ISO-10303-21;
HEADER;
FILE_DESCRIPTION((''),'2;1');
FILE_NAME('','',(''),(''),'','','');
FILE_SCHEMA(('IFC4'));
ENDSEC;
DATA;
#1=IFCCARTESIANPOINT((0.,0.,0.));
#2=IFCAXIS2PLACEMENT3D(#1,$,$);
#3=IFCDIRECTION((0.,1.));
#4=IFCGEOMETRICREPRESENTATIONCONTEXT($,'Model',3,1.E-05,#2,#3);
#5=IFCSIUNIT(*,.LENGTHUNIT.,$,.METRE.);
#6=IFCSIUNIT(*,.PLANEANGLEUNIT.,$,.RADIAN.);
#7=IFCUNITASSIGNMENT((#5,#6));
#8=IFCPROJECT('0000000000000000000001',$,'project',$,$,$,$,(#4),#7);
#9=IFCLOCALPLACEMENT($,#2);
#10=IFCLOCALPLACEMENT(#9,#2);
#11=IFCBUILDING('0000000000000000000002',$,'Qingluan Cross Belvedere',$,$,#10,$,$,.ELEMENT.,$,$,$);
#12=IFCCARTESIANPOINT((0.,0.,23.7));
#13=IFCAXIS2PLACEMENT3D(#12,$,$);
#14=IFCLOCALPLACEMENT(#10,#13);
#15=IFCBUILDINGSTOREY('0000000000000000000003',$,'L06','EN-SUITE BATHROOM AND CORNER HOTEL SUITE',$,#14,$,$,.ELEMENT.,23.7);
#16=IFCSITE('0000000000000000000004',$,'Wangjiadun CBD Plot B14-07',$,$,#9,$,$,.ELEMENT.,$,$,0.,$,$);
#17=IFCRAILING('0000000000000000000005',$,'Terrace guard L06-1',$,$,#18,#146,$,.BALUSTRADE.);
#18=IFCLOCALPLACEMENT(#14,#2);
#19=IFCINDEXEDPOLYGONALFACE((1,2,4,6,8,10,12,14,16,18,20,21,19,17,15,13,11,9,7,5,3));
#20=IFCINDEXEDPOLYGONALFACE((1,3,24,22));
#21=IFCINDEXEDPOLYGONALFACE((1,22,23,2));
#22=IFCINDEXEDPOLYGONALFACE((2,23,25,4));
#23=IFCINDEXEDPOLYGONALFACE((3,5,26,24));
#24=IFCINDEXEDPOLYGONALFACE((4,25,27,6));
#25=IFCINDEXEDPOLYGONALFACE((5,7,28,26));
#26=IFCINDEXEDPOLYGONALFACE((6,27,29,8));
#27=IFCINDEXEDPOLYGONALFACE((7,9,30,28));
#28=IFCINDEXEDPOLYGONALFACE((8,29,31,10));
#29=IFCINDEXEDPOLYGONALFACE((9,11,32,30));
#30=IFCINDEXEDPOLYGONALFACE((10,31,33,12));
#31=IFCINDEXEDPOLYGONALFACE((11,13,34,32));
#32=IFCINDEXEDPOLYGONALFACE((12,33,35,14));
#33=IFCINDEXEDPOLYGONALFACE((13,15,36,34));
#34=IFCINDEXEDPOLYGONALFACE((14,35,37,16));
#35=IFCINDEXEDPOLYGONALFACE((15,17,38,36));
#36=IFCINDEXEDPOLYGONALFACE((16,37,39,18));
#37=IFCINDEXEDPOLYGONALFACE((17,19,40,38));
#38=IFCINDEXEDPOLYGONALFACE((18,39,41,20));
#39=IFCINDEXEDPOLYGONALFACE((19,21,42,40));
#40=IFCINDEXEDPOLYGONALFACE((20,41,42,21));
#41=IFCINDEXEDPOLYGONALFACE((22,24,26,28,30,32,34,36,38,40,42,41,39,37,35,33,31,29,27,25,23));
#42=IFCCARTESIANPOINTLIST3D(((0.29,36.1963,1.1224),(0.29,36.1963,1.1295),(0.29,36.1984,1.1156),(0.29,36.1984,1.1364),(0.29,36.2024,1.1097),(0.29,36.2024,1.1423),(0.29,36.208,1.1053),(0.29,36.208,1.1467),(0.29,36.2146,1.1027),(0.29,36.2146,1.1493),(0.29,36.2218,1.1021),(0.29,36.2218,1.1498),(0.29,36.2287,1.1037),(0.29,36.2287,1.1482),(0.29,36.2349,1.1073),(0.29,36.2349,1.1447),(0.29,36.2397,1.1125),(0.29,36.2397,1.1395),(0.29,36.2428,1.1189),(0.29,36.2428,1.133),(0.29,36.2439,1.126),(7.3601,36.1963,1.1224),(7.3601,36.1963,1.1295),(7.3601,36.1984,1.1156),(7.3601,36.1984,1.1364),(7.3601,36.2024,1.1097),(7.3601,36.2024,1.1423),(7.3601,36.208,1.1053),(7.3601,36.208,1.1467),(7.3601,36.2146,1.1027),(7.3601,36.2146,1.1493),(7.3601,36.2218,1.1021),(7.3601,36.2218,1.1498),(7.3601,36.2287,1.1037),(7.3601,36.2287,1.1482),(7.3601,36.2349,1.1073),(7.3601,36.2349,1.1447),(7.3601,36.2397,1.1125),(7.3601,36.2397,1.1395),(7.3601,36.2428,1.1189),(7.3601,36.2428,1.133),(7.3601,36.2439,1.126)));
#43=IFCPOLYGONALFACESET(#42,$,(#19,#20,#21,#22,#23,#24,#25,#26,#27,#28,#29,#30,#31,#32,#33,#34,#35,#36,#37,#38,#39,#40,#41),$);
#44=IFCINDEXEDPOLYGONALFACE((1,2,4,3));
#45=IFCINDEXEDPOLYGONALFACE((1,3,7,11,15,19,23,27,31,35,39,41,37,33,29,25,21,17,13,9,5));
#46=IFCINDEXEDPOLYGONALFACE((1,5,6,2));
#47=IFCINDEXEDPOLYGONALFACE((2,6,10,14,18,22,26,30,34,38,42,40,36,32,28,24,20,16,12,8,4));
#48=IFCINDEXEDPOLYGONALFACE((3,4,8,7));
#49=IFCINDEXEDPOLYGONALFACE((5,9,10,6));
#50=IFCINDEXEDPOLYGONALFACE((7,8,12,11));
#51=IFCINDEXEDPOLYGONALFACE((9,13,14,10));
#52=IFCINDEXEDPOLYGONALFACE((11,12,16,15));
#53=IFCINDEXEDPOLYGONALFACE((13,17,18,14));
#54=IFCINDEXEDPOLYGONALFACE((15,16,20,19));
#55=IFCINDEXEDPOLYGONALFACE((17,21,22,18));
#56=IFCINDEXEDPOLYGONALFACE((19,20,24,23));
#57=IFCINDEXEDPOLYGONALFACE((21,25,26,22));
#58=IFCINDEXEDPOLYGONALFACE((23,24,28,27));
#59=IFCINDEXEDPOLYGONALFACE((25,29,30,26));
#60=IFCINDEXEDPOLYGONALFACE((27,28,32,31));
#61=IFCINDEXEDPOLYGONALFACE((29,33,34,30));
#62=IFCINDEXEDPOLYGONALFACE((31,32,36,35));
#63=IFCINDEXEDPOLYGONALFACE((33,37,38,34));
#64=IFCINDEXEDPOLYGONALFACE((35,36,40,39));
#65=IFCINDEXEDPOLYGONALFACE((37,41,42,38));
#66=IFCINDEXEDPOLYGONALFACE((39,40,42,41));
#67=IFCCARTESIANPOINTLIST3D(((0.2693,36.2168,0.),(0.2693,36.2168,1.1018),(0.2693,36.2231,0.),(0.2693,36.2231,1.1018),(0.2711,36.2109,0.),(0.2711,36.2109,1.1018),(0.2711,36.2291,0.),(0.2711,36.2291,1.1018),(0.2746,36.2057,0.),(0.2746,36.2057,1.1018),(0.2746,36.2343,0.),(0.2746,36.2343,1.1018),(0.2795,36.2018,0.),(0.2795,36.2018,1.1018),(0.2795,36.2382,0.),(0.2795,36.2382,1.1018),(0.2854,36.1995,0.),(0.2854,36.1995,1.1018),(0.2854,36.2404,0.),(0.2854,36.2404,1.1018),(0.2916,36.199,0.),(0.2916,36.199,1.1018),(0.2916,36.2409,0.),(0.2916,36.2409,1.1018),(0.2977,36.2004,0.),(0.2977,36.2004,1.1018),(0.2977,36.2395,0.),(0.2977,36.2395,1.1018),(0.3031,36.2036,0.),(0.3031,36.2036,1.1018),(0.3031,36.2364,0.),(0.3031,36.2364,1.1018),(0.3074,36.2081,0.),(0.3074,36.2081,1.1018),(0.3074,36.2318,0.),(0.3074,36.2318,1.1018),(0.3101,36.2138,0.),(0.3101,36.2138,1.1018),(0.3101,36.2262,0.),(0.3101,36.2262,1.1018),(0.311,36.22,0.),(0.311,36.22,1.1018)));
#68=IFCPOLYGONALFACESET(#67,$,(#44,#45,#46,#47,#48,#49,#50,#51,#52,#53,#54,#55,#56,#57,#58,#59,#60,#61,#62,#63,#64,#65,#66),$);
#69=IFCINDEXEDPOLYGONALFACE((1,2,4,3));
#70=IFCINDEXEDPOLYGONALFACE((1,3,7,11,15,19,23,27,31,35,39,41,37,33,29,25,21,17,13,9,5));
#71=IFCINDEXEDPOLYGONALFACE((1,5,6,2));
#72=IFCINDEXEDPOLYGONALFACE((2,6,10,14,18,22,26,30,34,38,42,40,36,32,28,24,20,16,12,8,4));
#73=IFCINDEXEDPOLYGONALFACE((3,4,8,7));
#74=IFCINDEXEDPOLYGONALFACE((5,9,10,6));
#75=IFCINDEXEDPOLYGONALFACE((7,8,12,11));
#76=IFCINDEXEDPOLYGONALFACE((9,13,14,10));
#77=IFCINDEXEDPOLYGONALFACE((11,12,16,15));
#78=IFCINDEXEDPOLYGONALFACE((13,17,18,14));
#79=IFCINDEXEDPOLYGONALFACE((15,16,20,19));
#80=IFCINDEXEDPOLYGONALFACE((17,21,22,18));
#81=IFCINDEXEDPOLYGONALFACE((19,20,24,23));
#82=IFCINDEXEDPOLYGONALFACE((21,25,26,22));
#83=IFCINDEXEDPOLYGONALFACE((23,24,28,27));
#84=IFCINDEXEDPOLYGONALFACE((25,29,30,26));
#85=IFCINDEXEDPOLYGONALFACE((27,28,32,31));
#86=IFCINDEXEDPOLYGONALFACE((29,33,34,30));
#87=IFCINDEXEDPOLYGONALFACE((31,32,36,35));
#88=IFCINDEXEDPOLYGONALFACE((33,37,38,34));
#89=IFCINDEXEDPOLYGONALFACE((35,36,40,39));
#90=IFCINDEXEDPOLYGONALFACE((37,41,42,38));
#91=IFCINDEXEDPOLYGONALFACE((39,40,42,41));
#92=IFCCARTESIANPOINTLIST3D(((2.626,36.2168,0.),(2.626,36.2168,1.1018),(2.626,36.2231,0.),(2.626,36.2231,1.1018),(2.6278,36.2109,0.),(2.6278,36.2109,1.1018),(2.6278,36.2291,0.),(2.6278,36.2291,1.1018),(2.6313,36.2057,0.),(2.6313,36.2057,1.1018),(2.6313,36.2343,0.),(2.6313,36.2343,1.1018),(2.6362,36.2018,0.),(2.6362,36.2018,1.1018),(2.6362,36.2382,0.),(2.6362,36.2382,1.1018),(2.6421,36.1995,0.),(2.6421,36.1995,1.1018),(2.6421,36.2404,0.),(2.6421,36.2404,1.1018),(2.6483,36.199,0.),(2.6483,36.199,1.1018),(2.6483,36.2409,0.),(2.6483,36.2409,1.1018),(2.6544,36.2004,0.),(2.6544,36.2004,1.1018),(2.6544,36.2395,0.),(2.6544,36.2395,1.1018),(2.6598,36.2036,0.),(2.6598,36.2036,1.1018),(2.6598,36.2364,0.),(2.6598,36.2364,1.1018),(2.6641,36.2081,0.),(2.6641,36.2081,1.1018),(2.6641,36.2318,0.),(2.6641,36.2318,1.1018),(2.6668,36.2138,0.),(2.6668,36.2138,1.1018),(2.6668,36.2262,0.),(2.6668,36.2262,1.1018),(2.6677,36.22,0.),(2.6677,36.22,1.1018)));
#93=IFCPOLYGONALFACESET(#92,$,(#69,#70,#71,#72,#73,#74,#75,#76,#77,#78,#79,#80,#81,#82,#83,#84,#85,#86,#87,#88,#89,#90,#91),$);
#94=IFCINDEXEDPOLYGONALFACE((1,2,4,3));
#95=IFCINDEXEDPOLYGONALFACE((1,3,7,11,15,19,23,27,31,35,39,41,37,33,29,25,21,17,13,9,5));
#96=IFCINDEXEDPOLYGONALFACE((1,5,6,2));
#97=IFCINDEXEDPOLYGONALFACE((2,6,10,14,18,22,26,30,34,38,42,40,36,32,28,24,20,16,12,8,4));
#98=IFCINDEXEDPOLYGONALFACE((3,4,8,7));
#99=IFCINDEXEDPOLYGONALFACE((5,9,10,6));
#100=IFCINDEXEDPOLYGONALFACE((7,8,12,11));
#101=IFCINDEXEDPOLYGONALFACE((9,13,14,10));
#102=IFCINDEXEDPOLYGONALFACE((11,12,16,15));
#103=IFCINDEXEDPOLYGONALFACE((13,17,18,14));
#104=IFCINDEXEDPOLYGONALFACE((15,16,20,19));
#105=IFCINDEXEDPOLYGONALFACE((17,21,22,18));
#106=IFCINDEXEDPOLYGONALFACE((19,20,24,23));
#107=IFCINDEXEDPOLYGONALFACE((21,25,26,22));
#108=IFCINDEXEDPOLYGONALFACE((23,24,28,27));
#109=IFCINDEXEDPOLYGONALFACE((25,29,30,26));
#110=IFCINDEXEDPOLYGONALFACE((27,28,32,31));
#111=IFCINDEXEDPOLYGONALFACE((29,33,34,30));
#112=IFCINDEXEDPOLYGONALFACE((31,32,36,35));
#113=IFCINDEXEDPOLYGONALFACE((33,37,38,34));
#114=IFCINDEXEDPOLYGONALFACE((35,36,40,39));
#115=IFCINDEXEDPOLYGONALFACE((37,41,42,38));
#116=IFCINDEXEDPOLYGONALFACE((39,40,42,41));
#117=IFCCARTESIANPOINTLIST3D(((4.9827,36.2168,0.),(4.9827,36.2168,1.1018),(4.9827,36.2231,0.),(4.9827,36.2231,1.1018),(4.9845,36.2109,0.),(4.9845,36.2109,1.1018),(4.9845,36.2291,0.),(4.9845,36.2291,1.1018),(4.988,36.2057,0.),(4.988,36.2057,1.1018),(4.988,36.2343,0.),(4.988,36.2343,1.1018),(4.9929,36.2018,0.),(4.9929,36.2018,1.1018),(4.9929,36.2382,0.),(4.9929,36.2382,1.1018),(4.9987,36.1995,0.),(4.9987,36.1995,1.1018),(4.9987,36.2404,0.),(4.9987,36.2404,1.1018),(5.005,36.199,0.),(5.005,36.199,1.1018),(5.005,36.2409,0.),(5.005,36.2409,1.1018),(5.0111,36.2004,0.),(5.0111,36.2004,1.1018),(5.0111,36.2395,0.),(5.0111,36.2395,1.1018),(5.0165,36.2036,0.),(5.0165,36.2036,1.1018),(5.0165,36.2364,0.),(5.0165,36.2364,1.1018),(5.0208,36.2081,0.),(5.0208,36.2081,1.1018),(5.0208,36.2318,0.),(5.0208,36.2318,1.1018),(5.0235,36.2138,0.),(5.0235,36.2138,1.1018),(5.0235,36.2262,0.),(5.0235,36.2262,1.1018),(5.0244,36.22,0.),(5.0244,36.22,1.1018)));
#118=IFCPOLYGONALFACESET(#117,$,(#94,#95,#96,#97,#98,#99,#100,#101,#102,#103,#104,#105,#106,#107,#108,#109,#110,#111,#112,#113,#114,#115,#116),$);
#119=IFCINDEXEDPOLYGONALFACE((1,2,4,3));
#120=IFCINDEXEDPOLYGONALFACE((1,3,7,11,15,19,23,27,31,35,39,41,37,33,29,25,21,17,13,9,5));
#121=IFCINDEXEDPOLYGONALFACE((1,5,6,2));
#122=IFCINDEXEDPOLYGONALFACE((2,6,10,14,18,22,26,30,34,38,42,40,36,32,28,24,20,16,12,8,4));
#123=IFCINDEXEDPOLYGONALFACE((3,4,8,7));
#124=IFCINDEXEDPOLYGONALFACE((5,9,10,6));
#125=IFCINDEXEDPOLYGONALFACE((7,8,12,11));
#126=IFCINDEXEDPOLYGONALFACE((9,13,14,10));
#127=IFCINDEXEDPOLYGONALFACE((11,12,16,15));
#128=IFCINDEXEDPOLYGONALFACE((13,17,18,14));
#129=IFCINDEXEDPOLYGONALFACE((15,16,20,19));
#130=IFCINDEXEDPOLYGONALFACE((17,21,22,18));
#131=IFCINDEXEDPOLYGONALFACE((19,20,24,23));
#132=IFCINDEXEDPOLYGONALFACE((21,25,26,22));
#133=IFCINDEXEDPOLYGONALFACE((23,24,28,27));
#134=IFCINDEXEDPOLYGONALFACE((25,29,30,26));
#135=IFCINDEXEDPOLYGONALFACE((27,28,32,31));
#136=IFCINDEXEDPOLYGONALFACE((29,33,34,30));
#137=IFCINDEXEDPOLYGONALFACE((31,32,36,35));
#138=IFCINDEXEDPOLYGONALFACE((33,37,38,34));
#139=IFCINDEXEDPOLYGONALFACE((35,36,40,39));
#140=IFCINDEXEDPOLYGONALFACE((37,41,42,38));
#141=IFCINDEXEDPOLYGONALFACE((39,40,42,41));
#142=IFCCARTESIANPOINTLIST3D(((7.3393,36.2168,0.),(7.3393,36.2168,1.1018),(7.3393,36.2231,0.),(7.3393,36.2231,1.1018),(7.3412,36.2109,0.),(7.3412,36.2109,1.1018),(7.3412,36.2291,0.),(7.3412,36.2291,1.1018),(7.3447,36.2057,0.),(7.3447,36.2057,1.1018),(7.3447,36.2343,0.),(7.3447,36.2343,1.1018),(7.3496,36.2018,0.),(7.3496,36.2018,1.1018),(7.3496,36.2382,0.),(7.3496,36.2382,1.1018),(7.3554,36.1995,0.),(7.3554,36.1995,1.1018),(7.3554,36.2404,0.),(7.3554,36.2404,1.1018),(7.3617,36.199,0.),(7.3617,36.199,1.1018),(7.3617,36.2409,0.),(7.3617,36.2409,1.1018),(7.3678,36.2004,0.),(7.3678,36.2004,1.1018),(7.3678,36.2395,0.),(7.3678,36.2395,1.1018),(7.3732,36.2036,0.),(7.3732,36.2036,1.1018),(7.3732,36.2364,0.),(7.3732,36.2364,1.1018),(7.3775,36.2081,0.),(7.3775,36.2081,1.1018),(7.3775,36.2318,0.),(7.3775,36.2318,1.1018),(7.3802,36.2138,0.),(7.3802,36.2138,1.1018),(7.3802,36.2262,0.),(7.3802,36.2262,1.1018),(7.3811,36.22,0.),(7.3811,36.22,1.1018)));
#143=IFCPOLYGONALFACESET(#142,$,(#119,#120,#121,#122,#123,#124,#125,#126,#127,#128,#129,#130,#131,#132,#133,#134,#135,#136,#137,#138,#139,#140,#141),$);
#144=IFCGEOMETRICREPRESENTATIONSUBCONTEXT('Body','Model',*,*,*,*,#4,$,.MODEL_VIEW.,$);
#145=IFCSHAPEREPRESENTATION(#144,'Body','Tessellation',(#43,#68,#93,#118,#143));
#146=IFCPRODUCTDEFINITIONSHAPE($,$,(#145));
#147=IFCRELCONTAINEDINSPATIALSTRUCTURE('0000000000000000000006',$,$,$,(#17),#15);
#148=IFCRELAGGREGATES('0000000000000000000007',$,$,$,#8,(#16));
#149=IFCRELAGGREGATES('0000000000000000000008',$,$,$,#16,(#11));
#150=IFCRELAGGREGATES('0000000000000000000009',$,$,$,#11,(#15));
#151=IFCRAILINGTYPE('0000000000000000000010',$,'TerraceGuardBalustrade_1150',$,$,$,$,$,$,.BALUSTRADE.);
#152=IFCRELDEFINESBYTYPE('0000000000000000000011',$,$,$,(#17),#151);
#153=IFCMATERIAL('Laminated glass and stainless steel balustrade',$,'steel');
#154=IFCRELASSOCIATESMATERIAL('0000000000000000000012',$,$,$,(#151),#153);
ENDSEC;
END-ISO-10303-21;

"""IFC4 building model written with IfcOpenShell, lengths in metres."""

from ifc_helpers import new_model, si_unit, direction, frame, origin, origin_2d, place, context, subcontext, project, spatial, circle, extrude, material, type_object, element, save


model = new_model("IFC4")

# Units and contexts
model_context = context("Model", 3, precision=1e-05, world=origin(), true_north=direction((0.0, 1.0)))
body_context = subcontext(model_context, "Body", "Model", "MODEL_VIEW")
ifc_project = project(units=[si_unit("LENGTHUNIT", "METRE"), si_unit("PLANEANGLEUNIT", "RADIAN")], contexts=[model_context])

# Site, building, storey
site_placement = place(None, origin())
site = spatial("IfcSite", under=ifc_project, at=site_placement, Name="Wangjiadun CBD Plot B14-07", CompositionType="ELEMENT", RefElevation=0.0)
building_placement = place(site_placement, origin())
building = spatial("IfcBuilding", under=site, at=building_placement, Name="Qingluan Cross Belvedere", CompositionType="ELEMENT")
storey_placement = place(building_placement, frame((0.0, 0.0, 23.7)))
storey = spatial("IfcBuildingStorey", under=building, at=storey_placement, Name="L06", Description="EN-SUITE BATHROOM AND CORNER HOTEL SUITE", CompositionType="ELEMENT", Elevation=23.7)

# Railing
ifc_material_1 = material(Name="Laminated glass and stainless steel balustrade", Category="steel")
railing_type = type_object("IfcRailingType", Name="TerraceGuardBalustrade_1150", PredefinedType="BALUSTRADE", material=ifc_material_1)
railing_1_placement = place(storey_placement, frame((0.29, 36.22, 0.0)))
element("IfcRailing", 1, at=railing_1_placement, inside=storey, type_object=railing_type, Name="Terrace guard L06-1", PredefinedType="BALUSTRADE", context=body_context, shape_type="SweptSolid", body=[
    extrude(circle(Radius=0.0239, at=origin_2d()), frame((0.0, 0.0, 1.126), z_axis=(1.0, 0.0, 0.0), x_axis=(0.0, 1.0, 0.0)), (0.0, 0.0, 1.0), 7.0701),
    extrude(circle(Radius=0.021, at=origin_2d()), origin(), (0.0, 0.0, 1.0), 1.1018),
    extrude(circle(Radius=0.021, at=origin_2d()), frame((2.3567, 0.0, 0.0)), (0.0, 0.0, 1.0), 1.1018),
    extrude(circle(Radius=0.021, at=origin_2d()), frame((4.7134, 0.0, 0.0)), (0.0, 0.0, 1.0), 1.1018),
    extrude(circle(Radius=0.021, at=origin_2d()), frame((7.0701, 0.0, 0.0)), (0.0, 0.0, 1.0), 1.1018),
])

save(model, "model.ifc")
